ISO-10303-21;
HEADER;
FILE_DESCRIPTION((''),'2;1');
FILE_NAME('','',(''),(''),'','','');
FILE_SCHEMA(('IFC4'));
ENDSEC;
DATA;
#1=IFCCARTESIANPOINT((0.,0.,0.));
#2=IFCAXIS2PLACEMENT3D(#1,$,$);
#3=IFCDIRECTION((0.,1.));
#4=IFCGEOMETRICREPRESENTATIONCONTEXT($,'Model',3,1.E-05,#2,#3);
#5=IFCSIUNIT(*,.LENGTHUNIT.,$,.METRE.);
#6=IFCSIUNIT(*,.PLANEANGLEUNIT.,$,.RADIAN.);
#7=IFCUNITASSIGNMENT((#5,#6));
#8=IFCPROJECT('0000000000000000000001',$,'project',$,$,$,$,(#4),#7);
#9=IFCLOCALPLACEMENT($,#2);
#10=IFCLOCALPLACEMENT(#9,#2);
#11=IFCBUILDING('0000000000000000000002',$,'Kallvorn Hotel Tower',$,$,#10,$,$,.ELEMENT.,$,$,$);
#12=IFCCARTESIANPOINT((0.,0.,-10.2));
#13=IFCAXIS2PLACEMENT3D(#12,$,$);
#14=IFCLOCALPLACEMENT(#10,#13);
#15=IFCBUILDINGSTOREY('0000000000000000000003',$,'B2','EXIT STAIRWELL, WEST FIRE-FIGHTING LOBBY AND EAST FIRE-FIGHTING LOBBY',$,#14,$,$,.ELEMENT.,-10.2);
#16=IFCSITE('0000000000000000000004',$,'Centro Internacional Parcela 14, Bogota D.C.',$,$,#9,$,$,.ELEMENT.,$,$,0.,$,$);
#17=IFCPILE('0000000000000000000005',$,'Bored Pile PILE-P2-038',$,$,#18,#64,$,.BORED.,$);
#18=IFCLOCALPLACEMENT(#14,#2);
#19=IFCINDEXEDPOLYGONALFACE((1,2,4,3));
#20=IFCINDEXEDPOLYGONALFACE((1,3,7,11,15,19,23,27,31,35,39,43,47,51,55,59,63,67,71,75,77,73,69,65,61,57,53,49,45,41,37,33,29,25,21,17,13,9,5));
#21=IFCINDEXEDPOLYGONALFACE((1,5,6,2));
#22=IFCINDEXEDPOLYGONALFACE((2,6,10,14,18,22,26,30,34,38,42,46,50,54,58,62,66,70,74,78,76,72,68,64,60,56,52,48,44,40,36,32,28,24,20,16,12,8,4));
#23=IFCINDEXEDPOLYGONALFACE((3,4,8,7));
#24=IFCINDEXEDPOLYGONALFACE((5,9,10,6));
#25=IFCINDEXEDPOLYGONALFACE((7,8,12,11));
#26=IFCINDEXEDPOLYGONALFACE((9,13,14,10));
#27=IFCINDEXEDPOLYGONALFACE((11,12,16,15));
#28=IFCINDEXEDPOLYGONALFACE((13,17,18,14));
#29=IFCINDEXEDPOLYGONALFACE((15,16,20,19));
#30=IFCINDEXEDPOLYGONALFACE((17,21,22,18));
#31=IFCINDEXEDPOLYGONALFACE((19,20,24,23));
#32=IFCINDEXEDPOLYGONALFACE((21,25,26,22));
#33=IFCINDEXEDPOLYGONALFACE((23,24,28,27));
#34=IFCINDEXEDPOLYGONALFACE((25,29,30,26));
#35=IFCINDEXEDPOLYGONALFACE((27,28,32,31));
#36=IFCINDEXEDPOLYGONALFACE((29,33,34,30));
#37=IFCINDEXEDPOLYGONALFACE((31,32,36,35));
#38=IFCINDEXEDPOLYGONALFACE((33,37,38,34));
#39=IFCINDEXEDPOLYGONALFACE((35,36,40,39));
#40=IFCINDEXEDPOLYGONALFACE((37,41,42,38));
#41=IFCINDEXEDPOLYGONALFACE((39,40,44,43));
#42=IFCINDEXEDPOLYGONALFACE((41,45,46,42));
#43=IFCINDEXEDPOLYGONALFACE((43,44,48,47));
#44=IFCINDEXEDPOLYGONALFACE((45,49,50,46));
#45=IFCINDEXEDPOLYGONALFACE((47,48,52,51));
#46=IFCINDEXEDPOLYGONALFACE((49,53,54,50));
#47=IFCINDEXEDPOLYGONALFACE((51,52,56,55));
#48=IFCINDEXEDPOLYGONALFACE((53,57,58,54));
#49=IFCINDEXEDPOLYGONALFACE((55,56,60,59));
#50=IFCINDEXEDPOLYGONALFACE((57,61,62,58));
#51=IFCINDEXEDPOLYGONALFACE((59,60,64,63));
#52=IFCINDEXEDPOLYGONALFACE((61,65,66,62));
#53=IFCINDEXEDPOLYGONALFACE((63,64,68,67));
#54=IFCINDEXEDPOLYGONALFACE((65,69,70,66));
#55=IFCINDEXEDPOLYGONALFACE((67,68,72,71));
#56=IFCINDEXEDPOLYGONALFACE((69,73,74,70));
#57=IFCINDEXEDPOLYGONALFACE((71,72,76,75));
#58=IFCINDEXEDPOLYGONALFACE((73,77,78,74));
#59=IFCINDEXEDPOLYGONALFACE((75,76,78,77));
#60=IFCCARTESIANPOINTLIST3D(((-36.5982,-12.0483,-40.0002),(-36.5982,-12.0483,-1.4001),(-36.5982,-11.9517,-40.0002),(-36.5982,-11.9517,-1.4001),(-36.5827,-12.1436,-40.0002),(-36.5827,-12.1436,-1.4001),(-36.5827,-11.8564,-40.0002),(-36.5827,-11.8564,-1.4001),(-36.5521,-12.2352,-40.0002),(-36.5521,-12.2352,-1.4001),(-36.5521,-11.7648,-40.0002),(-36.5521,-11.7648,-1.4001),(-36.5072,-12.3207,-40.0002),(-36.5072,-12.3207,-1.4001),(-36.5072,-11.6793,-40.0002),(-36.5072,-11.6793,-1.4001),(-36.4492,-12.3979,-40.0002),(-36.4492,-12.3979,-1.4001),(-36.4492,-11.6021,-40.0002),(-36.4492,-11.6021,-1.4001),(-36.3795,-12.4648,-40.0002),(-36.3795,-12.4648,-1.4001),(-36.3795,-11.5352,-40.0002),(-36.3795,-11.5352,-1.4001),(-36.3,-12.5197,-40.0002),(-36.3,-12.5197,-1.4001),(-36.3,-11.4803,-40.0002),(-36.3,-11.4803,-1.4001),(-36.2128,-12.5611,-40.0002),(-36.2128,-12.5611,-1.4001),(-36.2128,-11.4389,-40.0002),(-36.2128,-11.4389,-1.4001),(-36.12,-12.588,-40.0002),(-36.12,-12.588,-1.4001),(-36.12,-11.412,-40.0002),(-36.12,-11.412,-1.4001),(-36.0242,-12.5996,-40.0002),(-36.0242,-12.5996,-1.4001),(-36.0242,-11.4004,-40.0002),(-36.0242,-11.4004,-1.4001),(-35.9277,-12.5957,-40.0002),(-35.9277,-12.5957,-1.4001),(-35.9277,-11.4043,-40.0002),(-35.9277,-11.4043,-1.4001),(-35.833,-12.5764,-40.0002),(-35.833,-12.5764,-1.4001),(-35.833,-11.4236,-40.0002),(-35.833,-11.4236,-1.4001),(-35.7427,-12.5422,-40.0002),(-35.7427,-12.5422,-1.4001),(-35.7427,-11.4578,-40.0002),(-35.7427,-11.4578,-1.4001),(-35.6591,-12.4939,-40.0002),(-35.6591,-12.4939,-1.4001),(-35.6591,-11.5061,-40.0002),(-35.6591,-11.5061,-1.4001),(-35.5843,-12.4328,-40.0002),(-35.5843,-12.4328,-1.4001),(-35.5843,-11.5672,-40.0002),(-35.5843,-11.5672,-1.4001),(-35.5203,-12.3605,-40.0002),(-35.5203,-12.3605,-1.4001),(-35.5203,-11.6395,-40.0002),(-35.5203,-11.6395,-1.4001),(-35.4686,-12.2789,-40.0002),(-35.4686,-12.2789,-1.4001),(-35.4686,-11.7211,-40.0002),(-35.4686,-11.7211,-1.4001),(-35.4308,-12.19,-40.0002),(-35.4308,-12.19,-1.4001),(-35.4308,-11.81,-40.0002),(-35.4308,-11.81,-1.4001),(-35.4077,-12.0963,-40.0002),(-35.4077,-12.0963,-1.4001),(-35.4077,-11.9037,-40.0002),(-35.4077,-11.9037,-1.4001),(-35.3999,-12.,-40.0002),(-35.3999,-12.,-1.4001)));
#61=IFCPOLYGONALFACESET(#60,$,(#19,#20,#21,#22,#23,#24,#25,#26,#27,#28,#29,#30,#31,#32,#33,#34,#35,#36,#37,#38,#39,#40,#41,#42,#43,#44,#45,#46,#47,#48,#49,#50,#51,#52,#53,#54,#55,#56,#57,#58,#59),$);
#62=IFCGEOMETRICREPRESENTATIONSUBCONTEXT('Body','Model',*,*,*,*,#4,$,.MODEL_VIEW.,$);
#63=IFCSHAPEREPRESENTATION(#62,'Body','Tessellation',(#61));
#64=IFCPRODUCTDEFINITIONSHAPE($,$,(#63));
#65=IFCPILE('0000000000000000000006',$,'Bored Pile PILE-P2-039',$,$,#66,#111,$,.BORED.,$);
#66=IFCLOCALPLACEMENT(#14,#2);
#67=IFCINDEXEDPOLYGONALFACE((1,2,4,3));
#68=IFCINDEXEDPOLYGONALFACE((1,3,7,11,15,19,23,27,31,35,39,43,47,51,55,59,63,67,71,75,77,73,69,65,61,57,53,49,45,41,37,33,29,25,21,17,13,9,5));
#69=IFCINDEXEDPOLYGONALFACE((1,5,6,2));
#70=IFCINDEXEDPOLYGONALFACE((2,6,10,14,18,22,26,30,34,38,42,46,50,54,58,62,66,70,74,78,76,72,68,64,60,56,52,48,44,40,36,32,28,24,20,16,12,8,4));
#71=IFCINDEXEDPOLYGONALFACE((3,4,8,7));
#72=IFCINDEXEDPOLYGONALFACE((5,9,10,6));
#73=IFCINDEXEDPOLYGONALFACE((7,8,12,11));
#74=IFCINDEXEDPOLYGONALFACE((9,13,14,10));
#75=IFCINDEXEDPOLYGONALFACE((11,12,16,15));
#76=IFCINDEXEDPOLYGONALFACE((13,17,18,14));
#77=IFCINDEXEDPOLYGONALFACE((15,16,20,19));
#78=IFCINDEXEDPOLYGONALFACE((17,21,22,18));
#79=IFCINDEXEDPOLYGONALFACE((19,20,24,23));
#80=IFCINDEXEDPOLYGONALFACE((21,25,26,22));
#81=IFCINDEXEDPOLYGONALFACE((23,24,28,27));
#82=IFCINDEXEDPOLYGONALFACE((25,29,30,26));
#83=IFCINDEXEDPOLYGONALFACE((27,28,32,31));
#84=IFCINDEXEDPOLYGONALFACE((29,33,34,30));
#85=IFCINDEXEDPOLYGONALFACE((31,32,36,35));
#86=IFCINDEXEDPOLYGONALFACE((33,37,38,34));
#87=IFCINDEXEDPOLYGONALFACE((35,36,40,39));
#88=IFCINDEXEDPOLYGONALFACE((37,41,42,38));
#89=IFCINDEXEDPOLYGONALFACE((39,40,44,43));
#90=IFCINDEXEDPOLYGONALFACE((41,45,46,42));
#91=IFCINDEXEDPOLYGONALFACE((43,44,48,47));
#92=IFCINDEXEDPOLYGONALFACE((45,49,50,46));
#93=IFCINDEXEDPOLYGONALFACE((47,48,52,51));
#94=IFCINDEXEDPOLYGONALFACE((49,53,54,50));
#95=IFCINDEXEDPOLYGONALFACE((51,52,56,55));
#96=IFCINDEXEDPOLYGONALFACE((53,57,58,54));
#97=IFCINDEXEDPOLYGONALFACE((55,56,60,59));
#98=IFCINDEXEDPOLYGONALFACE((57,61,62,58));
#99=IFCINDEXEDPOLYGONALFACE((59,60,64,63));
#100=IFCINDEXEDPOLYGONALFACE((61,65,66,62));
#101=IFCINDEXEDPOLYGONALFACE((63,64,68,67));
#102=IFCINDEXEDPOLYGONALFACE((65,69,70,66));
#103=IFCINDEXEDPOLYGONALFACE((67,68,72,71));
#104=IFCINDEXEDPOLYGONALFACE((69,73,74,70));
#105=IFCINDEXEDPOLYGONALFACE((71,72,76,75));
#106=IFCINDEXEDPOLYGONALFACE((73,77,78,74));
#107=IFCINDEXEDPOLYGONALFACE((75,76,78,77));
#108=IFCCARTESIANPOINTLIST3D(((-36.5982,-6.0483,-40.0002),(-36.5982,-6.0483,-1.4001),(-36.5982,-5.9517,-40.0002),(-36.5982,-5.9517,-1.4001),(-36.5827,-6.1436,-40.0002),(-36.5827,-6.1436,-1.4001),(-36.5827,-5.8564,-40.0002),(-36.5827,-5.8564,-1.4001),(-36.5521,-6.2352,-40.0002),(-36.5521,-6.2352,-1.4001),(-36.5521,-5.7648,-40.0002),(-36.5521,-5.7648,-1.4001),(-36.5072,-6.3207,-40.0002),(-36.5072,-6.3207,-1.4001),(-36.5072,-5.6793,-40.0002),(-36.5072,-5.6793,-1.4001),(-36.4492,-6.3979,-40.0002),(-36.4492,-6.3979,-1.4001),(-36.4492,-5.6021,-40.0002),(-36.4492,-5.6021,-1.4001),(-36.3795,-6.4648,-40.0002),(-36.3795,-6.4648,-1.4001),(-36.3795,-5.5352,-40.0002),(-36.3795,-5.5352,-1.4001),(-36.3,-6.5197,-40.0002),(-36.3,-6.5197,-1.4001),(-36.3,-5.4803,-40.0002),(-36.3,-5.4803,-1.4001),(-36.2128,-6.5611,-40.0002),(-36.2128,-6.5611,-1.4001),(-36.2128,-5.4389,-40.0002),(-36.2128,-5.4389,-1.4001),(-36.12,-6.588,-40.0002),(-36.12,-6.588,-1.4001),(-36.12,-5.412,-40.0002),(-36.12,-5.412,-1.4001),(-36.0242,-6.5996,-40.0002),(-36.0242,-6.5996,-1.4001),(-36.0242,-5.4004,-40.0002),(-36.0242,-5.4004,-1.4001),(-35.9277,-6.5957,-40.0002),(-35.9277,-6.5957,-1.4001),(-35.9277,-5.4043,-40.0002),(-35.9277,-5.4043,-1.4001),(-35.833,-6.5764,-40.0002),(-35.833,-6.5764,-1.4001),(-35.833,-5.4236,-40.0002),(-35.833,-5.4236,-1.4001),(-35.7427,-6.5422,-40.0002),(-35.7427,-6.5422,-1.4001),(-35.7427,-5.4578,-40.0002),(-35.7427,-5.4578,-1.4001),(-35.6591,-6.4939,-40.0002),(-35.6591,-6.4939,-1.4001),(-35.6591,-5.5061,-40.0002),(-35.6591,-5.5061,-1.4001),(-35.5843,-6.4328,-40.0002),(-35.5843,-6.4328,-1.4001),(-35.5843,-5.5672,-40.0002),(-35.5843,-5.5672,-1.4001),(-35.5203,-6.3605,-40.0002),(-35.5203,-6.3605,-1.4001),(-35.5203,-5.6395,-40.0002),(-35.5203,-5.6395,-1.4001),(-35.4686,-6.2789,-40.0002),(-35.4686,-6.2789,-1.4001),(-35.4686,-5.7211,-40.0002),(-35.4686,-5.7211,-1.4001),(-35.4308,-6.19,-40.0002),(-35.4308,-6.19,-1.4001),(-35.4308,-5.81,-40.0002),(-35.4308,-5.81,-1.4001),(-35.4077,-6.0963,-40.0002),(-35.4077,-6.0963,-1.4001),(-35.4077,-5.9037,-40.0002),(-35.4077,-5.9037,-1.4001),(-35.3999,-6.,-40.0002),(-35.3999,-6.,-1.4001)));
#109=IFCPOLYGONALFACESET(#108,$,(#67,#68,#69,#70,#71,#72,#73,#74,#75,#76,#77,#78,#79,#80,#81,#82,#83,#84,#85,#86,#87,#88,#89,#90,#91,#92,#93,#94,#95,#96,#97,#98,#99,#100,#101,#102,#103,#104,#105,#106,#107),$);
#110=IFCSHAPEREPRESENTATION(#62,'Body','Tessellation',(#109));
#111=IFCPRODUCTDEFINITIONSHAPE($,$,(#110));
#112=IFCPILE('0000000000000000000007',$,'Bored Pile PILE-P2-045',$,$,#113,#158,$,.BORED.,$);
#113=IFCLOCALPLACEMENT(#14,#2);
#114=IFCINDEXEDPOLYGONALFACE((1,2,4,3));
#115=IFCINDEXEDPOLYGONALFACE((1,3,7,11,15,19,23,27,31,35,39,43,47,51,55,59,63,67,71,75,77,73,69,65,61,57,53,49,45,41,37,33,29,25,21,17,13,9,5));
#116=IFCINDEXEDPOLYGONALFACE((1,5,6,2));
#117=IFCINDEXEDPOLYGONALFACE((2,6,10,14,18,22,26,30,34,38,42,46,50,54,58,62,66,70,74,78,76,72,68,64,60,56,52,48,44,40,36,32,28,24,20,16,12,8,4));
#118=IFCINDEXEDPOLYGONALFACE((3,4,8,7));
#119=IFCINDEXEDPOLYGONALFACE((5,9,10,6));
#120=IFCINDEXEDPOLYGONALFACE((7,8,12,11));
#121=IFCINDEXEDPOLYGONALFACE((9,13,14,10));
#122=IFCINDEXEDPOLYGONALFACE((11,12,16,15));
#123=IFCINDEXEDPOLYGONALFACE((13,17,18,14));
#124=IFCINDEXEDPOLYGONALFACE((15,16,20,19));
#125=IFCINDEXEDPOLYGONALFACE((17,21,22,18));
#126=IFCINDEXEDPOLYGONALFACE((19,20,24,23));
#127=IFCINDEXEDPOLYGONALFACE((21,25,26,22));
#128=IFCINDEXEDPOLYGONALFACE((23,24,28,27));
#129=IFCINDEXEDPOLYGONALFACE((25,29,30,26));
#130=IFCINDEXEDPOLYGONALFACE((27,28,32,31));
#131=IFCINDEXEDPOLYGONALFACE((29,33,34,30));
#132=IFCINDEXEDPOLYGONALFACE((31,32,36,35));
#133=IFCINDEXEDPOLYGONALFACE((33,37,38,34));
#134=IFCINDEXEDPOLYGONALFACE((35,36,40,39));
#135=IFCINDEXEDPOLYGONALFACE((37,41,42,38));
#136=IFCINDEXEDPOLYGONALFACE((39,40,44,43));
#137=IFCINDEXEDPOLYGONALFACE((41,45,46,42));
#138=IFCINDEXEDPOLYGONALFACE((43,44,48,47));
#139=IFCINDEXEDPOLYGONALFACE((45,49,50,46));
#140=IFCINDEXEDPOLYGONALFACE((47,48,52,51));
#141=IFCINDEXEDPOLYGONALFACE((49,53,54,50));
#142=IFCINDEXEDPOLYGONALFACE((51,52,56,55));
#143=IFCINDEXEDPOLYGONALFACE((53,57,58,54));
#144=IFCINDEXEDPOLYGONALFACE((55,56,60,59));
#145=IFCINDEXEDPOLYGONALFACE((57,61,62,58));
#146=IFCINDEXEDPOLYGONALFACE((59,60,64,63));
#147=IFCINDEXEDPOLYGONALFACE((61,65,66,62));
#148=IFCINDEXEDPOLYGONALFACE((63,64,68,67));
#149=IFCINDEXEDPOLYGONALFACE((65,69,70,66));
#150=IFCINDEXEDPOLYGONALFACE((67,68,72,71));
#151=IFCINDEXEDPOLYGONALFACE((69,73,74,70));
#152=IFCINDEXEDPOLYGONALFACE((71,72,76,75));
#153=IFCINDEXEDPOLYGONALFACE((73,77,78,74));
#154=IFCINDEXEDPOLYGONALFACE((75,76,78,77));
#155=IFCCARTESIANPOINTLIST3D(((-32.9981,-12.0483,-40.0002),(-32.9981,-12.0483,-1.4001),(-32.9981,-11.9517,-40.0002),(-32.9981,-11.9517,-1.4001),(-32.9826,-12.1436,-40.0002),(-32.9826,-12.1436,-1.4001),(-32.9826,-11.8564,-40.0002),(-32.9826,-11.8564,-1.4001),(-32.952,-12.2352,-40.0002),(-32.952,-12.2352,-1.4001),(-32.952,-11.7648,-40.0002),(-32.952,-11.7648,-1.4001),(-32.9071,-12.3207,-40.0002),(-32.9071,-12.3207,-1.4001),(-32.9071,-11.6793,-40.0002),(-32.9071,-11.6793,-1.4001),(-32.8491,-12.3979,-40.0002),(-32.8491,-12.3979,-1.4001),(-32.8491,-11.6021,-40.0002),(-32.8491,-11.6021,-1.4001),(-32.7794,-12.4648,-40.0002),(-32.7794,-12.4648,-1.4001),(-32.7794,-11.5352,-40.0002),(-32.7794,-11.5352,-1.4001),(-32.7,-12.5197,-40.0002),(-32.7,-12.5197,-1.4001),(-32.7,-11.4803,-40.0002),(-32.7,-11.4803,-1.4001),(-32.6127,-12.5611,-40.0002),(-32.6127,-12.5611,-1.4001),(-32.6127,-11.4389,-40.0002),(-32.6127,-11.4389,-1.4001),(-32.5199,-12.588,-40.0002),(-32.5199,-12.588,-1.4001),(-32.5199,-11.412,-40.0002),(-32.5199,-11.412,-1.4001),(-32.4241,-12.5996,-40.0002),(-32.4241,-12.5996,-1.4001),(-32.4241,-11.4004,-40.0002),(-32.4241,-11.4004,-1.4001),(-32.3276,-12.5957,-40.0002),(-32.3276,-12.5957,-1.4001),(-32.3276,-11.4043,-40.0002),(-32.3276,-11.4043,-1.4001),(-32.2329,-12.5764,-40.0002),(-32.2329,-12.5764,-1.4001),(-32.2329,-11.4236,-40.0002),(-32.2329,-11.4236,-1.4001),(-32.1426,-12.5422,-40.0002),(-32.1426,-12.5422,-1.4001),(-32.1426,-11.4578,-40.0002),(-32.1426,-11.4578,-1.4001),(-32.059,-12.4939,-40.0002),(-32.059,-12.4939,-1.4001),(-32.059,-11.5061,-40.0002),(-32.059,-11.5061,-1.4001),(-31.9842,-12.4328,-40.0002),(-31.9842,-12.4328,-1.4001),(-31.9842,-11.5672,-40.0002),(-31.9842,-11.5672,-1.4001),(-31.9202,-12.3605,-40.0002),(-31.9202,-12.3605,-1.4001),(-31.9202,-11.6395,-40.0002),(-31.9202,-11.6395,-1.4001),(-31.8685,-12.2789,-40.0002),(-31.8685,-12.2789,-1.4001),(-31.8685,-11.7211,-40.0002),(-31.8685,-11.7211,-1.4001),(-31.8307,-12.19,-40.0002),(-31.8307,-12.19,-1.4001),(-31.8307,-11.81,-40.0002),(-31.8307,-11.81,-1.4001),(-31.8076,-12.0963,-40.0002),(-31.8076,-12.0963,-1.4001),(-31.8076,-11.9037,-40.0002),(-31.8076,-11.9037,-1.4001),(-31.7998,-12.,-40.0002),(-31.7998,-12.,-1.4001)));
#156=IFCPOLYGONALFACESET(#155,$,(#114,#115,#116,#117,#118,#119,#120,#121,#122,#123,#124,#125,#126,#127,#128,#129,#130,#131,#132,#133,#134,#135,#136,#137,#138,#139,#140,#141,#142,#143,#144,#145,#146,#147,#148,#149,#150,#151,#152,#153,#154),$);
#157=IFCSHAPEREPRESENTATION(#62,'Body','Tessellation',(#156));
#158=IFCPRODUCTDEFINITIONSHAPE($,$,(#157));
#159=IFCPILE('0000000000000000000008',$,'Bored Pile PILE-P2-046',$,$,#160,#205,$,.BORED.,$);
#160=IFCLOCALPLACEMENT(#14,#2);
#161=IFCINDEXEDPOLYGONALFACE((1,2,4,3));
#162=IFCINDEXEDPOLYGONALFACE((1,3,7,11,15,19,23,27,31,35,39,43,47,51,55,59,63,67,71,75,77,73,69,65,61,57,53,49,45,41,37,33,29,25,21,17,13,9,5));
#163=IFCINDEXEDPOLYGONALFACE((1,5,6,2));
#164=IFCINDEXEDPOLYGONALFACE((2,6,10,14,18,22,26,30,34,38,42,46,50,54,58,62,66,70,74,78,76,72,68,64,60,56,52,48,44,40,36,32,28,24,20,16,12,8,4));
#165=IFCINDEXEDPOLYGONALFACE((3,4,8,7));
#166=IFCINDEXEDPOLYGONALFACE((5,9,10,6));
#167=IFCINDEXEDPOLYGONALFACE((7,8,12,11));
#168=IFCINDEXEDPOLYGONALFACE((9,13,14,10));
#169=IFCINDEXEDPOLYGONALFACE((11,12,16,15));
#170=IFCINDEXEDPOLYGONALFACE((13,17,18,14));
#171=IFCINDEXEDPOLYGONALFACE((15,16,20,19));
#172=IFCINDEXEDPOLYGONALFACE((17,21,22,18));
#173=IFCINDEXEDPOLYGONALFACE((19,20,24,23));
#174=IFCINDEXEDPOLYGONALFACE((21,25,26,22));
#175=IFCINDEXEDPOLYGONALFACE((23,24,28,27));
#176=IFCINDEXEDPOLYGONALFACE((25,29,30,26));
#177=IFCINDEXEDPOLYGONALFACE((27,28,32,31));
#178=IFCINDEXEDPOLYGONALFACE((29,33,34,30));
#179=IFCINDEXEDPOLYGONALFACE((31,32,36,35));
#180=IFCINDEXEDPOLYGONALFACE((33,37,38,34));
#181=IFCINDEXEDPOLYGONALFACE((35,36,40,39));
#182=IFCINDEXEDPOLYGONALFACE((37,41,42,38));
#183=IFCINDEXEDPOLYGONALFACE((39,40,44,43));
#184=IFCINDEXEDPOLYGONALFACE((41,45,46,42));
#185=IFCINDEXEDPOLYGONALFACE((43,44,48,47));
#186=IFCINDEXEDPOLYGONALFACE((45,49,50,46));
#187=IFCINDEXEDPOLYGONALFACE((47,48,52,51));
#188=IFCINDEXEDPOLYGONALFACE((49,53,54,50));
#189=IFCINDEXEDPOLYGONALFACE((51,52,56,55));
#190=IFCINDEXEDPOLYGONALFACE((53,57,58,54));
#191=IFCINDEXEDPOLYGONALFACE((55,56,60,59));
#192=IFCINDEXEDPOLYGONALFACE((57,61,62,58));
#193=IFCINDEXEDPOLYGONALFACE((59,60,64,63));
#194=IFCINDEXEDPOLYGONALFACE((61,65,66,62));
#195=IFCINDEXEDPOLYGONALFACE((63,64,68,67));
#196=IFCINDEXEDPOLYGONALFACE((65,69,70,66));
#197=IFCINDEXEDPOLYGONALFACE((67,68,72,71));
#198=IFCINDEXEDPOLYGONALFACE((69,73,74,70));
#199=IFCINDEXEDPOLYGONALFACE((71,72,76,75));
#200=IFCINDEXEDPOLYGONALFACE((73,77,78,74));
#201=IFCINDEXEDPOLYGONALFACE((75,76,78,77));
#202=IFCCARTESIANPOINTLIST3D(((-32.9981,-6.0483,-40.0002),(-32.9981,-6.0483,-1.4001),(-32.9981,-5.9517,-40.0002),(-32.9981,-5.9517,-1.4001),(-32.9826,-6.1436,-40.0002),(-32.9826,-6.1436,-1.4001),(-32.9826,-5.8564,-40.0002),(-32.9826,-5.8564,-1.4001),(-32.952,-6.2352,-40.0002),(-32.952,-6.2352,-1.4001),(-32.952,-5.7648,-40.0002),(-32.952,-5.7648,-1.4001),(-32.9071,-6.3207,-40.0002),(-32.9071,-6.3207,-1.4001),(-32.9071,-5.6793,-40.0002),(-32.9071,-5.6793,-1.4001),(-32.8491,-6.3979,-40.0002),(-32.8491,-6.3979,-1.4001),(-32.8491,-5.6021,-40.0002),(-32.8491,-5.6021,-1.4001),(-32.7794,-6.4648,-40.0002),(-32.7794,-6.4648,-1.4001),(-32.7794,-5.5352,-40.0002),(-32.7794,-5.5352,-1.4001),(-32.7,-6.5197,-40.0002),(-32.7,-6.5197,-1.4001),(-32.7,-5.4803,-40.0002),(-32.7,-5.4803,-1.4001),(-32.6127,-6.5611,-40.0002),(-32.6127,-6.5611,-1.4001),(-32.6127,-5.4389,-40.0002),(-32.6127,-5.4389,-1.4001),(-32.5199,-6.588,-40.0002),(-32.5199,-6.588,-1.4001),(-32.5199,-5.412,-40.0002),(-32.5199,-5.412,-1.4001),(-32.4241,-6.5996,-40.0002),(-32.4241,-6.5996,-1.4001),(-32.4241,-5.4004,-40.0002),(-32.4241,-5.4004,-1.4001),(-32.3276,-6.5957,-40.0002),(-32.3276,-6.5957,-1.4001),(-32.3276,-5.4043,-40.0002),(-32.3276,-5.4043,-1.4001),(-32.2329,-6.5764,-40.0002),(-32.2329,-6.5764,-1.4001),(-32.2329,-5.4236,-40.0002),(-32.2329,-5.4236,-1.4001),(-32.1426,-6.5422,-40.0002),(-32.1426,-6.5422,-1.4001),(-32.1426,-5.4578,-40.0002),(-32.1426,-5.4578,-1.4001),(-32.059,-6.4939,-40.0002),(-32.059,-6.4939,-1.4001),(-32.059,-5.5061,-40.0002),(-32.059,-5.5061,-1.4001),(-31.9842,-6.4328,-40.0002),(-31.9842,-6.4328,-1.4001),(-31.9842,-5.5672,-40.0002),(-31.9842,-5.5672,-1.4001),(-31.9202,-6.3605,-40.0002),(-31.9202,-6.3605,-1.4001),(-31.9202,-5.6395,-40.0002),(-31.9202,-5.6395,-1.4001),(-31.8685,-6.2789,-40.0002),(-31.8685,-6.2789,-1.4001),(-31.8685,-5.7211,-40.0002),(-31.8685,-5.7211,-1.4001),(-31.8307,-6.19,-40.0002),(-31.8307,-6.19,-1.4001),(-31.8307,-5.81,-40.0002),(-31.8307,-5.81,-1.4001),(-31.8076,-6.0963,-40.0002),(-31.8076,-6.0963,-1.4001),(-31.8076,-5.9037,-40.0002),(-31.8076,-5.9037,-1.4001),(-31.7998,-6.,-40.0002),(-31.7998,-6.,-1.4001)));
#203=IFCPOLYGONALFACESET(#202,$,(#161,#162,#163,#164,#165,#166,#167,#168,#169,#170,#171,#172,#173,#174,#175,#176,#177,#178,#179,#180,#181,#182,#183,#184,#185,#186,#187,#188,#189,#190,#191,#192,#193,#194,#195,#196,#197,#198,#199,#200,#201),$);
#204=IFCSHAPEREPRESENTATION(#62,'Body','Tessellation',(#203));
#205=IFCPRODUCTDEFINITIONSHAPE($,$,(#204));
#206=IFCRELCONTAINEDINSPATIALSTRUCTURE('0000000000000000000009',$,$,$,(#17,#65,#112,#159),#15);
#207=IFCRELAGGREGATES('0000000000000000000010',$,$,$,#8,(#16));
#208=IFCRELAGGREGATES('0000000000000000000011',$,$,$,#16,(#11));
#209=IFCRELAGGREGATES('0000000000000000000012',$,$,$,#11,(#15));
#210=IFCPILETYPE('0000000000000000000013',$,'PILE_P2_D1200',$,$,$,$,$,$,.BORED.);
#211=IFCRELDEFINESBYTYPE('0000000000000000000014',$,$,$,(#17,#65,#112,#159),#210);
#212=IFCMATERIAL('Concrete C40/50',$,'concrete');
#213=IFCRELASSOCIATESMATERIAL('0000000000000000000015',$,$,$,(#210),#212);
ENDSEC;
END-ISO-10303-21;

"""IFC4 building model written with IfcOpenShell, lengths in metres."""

from ifc_helpers import new_model, si_unit, direction, frame, origin, origin_2d, place, context, subcontext, project, spatial, circle, extrude, material, material_profile, profile_set, type_object, element, save


model = new_model("IFC4")

# Units and contexts
model_context = context("Model", 3, precision=1e-05, world=origin(), true_north=direction((0.0, 1.0)))
body_context = subcontext(model_context, "Body", "Model", "MODEL_VIEW")
ifc_project = project(units=[si_unit("LENGTHUNIT", "METRE"), si_unit("PLANEANGLEUNIT", "RADIAN")], contexts=[model_context])

# Site, building, storey
site_placement = place(None, origin())
site = spatial("IfcSite", under=ifc_project, at=site_placement, Name="Centro Internacional Parcela 14, Bogota D.C.", CompositionType="ELEMENT", RefElevation=0.0)
building_placement = place(site_placement, origin())
building = spatial("IfcBuilding", under=site, at=building_placement, Name="Kallvorn Hotel Tower", CompositionType="ELEMENT")
storey_placement = place(building_placement, frame((0.0, 0.0, -10.2)))
storey = spatial("IfcBuildingStorey", under=building, at=storey_placement, Name="B2", Description="EXIT STAIRWELL, WEST FIRE-FIGHTING LOBBY AND EAST FIRE-FIGHTING LOBBY", CompositionType="ELEMENT", Elevation=-10.2)

# Piles
ifc_material_1 = material(Name="Concrete C40/50", Category="concrete")
ifc_material_profile_1 = material_profile(ifc_material_1, circle(Radius=0.6001, at=origin_2d()), Name="PILE D1200")
ifc_profile_set_1 = profile_set([ifc_material_profile_1], Name="Concrete C40/50")
pile_type = type_object("IfcPileType", Name="PILE_P2_D1200", PredefinedType="BORED", material=ifc_profile_set_1)
for number, where, z_axis, x_axis, name in (
    (1, (-36.0, -12.0, -1.4001), (0.0, 0.0, -1.0), (1.0, 0.0, 0.0), "Bored Pile PILE-P2-038"),
    (2, (-36.0, -6.0, -1.4001), (0.0, 0.0, -1.0), (1.0, 0.0, 0.0), "Bored Pile PILE-P2-039"),
    (3, (-32.3999, -12.0, -1.4001), (0.0, 0.0, -1.0), (1.0, 0.0, 0.0), "Bored Pile PILE-P2-045"),
    (4, (-32.3999, -6.0, -1.4001), (0.0, 0.0, -1.0), (1.0, 0.0, 0.0), "Bored Pile PILE-P2-046"),
):
    element("IfcPile", number, at=place(storey_placement, frame(where, z_axis=z_axis, x_axis=x_axis)), inside=storey, type_object=pile_type, Name=name, PredefinedType="BORED", context=body_context, shape_type="SweptSolid", body=[
        extrude(circle(Radius=0.6001, at=origin_2d()), origin(), (0.0, 0.0, 1.0), 38.6001),
    ])

save(model, "model.ifc")
